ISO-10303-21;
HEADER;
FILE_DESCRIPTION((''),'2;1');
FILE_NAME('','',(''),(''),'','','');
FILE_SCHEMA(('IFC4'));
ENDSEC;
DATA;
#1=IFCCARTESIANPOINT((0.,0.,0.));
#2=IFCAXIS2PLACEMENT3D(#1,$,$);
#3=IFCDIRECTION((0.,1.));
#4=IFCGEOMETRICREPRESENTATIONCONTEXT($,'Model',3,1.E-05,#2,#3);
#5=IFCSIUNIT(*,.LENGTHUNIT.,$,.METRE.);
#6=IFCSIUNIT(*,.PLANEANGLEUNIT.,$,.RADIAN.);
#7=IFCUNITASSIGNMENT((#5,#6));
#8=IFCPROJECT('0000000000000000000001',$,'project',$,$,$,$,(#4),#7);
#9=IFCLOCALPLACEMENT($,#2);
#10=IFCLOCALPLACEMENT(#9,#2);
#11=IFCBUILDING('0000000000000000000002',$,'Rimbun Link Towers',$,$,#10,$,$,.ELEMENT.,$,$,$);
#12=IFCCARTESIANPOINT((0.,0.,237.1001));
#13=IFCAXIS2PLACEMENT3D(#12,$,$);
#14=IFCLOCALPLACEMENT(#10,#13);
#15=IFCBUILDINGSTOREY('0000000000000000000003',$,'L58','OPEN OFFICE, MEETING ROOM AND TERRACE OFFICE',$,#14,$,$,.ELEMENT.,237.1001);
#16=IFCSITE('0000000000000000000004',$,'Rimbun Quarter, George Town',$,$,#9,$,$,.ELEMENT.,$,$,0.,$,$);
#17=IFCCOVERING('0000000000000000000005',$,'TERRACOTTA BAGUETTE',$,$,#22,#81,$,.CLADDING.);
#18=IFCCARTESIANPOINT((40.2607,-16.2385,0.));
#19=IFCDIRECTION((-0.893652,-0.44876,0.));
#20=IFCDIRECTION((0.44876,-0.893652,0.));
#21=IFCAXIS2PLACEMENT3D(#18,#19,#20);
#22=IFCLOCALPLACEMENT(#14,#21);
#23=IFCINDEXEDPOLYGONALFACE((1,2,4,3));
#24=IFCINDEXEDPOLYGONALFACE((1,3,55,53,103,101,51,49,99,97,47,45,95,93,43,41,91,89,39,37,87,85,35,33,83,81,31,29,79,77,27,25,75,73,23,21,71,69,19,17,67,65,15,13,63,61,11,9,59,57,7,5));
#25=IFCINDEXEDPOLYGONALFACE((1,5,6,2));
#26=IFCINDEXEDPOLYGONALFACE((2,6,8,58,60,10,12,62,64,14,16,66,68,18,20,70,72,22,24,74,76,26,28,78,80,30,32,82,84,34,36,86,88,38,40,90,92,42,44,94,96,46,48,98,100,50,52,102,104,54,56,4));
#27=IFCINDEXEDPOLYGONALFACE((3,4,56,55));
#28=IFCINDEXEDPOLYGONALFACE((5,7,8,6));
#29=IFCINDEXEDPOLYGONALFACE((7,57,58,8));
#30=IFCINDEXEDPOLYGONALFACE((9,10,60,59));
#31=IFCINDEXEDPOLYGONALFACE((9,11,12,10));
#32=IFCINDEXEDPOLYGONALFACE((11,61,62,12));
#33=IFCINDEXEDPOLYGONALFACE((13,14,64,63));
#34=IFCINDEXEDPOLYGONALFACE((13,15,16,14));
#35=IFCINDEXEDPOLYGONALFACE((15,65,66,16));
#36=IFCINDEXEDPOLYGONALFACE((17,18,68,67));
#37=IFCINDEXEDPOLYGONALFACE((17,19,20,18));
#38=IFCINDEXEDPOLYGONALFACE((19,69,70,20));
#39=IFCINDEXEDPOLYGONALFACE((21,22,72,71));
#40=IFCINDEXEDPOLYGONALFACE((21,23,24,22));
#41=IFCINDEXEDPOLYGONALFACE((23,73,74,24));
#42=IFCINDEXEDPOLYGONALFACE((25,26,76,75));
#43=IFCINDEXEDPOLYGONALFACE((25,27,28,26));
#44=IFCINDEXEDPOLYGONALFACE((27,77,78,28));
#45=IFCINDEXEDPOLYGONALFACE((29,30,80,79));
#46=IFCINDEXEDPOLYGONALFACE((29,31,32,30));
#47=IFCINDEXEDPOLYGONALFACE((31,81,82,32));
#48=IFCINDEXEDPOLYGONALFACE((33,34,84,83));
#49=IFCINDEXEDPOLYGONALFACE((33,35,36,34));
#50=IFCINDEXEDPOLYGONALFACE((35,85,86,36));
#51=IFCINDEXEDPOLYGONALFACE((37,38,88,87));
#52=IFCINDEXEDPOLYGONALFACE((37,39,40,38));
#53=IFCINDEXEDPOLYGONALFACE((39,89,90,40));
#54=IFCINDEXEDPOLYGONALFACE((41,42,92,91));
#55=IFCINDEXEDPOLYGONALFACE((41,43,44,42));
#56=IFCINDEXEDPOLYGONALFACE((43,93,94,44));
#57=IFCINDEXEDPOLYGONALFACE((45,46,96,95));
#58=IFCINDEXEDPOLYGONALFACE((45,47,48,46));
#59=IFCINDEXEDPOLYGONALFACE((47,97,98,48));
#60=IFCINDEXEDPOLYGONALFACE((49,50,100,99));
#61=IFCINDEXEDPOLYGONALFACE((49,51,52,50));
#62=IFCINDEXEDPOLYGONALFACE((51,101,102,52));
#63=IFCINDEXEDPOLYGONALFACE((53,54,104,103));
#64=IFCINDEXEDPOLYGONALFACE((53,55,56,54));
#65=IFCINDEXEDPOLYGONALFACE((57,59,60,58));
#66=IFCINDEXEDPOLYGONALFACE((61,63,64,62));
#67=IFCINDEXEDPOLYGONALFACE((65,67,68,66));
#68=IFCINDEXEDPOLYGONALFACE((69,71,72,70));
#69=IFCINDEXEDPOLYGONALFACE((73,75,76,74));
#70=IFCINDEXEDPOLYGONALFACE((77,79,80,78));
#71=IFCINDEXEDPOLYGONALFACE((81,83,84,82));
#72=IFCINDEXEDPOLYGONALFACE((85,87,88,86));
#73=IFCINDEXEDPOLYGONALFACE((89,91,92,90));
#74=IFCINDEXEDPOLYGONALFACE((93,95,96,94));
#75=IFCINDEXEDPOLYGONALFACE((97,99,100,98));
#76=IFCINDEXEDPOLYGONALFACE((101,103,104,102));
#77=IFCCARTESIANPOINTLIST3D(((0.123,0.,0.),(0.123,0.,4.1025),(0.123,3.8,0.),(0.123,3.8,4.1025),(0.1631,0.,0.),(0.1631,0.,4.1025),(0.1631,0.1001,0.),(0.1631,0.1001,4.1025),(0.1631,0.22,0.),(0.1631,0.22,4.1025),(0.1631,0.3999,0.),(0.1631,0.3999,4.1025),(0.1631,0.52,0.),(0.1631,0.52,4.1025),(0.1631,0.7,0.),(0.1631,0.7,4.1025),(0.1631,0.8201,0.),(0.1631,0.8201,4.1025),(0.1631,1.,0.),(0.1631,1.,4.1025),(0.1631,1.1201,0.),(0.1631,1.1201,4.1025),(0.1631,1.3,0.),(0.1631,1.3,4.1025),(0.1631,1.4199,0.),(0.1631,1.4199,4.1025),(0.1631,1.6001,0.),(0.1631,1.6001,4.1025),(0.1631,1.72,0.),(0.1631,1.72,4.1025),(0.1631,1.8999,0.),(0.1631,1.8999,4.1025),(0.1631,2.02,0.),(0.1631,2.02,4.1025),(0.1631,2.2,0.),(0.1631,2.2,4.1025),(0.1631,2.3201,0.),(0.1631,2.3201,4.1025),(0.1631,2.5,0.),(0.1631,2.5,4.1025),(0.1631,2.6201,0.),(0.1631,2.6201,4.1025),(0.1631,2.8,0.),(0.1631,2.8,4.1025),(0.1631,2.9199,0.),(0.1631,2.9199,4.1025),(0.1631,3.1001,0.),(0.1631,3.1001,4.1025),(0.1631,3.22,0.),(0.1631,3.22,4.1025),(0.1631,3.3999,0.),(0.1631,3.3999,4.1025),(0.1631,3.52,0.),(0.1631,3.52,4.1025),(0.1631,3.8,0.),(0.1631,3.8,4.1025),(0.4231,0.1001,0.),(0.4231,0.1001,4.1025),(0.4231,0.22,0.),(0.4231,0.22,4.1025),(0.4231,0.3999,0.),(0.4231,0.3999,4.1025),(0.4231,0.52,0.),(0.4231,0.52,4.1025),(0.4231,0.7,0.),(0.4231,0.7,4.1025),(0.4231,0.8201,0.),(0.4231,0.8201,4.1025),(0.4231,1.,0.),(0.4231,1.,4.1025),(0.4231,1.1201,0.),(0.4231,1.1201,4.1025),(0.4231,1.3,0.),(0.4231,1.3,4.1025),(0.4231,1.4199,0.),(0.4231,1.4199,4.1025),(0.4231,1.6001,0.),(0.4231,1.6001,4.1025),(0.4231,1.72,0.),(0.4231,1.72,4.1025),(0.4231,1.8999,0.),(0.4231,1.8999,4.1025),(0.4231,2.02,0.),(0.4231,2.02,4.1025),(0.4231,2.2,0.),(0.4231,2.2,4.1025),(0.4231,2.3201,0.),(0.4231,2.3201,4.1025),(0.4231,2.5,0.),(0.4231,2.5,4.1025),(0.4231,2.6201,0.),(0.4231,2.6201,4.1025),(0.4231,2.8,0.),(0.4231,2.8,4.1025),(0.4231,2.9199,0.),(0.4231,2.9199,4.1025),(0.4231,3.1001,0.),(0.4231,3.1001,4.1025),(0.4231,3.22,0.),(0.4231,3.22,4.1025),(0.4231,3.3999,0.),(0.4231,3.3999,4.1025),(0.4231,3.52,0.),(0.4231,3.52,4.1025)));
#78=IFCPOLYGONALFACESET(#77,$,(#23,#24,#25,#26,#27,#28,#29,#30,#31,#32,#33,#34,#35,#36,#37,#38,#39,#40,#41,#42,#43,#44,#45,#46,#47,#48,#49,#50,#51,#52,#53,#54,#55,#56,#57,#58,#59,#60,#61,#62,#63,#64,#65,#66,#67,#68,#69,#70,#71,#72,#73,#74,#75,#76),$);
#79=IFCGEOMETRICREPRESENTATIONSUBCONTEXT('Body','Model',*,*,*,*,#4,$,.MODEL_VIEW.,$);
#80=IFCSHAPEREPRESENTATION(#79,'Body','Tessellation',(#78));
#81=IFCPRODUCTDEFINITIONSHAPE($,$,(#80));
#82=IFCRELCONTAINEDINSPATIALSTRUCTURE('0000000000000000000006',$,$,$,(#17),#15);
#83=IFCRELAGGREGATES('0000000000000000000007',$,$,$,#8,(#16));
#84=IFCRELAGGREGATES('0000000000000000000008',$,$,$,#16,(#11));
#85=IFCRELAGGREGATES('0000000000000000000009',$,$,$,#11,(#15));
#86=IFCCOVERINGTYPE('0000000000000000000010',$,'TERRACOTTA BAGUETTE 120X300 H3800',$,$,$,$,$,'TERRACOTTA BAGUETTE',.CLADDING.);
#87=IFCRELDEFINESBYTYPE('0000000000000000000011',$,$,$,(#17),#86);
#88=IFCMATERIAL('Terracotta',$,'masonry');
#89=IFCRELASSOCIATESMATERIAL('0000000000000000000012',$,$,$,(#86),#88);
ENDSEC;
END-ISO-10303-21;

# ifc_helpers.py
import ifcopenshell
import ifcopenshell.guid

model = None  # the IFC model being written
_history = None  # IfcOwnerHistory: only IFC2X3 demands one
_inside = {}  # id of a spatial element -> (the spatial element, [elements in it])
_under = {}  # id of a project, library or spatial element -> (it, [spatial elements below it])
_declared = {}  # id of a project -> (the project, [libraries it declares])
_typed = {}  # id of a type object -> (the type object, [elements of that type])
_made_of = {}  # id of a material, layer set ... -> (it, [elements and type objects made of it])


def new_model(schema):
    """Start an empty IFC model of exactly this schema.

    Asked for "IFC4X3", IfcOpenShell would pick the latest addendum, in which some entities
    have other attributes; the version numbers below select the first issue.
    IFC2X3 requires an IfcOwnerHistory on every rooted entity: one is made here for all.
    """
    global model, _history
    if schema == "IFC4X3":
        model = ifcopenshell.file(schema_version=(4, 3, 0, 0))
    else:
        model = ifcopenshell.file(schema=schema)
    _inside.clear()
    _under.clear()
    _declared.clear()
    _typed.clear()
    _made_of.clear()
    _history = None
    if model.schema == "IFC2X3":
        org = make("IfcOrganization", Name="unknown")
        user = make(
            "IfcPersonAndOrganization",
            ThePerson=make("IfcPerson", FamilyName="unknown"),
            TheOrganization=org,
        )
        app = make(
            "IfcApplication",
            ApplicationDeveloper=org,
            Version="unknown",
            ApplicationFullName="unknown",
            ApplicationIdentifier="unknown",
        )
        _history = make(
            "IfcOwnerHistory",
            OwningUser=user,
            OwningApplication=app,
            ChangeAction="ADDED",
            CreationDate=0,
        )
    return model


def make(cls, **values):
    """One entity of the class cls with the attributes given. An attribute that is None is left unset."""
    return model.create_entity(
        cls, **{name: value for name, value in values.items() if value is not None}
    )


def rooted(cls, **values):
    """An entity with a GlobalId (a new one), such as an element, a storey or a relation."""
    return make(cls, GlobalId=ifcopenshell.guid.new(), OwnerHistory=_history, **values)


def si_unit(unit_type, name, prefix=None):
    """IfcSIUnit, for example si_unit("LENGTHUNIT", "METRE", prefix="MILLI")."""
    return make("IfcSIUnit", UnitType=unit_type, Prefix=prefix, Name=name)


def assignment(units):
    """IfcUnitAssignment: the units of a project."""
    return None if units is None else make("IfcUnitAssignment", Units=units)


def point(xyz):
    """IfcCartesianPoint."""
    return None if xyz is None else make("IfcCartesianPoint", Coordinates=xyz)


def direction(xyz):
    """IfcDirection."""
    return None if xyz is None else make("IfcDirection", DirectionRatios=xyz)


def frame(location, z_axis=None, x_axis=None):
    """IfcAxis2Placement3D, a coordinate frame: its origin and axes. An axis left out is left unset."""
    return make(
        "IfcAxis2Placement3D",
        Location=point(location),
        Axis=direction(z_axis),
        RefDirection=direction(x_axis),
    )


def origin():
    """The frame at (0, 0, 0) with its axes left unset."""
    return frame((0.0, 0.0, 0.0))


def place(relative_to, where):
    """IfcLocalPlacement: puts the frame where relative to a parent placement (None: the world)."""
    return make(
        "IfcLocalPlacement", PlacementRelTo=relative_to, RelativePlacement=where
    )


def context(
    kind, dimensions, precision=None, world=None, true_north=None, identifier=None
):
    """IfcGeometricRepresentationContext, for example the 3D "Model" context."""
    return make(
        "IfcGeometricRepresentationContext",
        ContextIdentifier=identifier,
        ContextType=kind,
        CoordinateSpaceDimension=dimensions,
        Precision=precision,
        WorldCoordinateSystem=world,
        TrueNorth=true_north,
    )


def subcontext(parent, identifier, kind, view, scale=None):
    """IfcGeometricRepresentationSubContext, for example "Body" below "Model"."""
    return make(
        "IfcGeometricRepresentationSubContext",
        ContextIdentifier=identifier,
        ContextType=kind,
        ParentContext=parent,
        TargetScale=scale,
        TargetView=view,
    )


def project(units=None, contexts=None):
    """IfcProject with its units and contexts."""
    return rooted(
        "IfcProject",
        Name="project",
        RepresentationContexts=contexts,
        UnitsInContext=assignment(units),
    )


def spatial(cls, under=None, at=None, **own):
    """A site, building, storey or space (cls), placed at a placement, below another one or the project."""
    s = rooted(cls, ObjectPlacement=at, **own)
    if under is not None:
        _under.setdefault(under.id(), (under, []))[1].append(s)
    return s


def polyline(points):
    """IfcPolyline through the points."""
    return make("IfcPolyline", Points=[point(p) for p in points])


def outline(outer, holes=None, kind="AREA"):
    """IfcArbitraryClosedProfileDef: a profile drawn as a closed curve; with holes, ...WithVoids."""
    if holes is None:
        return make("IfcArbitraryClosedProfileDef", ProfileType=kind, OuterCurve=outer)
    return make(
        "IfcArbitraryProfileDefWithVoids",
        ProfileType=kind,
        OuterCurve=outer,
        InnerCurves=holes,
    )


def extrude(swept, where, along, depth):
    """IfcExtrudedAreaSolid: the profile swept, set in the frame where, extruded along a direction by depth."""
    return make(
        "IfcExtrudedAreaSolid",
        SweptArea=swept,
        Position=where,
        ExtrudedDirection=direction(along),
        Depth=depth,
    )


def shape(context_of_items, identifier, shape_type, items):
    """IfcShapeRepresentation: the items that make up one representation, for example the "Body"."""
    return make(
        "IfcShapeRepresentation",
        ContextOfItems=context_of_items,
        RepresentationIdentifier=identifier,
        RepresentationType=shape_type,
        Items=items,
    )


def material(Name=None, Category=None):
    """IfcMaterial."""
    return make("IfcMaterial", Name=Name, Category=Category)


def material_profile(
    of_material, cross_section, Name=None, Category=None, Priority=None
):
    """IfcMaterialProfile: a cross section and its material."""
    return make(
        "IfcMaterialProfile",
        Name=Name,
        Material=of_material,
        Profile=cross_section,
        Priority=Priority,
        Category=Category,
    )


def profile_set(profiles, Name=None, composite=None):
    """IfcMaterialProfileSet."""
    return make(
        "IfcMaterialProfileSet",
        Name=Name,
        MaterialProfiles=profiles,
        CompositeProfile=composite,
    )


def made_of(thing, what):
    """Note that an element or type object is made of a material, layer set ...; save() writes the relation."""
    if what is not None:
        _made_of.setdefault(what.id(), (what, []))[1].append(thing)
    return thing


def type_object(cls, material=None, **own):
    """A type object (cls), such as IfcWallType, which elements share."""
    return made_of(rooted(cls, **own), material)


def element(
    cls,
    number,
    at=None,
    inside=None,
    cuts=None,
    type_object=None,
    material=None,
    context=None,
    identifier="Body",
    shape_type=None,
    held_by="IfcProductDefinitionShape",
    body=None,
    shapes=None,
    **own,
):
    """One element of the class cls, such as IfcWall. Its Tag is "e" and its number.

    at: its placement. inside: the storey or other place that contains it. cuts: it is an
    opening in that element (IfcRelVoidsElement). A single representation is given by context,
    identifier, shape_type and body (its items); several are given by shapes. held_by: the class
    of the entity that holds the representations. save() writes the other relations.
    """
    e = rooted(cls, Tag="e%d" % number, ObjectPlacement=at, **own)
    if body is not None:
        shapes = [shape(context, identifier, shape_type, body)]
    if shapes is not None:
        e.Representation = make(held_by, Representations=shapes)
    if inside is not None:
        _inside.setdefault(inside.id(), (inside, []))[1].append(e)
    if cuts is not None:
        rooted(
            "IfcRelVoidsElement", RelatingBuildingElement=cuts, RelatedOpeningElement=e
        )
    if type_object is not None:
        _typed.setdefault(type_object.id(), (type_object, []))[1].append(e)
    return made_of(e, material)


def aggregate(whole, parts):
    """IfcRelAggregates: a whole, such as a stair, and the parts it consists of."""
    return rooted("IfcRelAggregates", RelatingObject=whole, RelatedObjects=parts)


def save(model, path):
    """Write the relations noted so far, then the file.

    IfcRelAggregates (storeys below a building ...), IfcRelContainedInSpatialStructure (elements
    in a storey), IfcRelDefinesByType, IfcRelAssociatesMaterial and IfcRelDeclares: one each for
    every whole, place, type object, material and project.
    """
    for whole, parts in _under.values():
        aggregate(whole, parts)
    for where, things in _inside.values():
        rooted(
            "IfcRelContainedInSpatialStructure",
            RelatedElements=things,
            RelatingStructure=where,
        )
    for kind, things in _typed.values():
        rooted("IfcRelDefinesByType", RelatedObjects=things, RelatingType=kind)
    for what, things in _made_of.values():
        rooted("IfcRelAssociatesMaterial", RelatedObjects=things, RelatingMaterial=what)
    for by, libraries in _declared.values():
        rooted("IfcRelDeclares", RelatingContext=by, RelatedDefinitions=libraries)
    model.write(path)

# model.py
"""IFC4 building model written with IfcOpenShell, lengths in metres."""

from ifc_helpers import new_model, si_unit, direction, frame, origin, place, context, subcontext, project, spatial, polyline, outline, extrude, material, material_profile, profile_set, type_object, element, save


model = new_model("IFC4")

# Units and contexts
model_context = context("Model", 3, precision=1e-05, world=origin(), true_north=direction((0.0, 1.0)))
body_context = subcontext(model_context, "Body", "Model", "MODEL_VIEW")
ifc_project = project(units=[si_unit("LENGTHUNIT", "METRE"), si_unit("PLANEANGLEUNIT", "RADIAN")], contexts=[model_context])

# Site, building, storey
site_placement = place(None, origin())
site = spatial("IfcSite", under=ifc_project, at=site_placement, Name="Rimbun Quarter, George Town", CompositionType="ELEMENT", RefElevation=0.0)
building_placement = place(site_placement, origin())
building = spatial("IfcBuilding", under=site, at=building_placement, Name="Rimbun Link Towers", CompositionType="ELEMENT")
storey_placement = place(building_placement, frame((0.0, 0.0, 237.1001)))
storey = spatial("IfcBuildingStorey", under=building, at=storey_placement, Name="L58", Description="OPEN OFFICE, MEETING ROOM AND TERRACE OFFICE", CompositionType="ELEMENT", Elevation=237.1001)

# Covering
ifc_material_1 = material(Name="Terracotta", Category="masonry")
ifc_material_profile_1 = material_profile(ifc_material_1, outline(polyline([(0.123, 0.0), (0.1631, 0.0), (0.1631, 0.1001), (0.4231, 0.1001), (0.4231, 0.22), (0.1631, 0.22), (0.1631, 0.3999), (0.4231, 0.3999), (0.4231, 0.52), (0.1631, 0.52), (0.1631, 0.7), (0.4231, 0.7), (0.4231, 0.8201), (0.1631, 0.8201), (0.1631, 1.0), (0.4231, 1.0), (0.4231, 1.1201), (0.1631, 1.1201), (0.1631, 1.3), (0.4231, 1.3), (0.4231, 1.4199), (0.1631, 1.4199), (0.1631, 1.6001), (0.4231, 1.6001), (0.4231, 1.72), (0.1631, 1.72), (0.1631, 1.8999), (0.4231, 1.8999), (0.4231, 2.02), (0.1631, 2.02), (0.1631, 2.2), (0.4231, 2.2), (0.4231, 2.3201), (0.1631, 2.3201), (0.1631, 2.5), (0.4231, 2.5), (0.4231, 2.6201), (0.1631, 2.6201), (0.1631, 2.8), (0.4231, 2.8), (0.4231, 2.9199), (0.1631, 2.9199), (0.1631, 3.1001), (0.4231, 3.1001), (0.4231, 3.22), (0.1631, 3.22), (0.1631, 3.3999), (0.4231, 3.3999), (0.4231, 3.52), (0.1631, 3.52), (0.1631, 3.8), (0.123, 3.8), (0.123, 0.0)])), Name="BAGUETTE 120X300")
ifc_profile_set_1 = profile_set([ifc_material_profile_1], Name="Terracotta")
covering_type = type_object("IfcCoveringType", Name="TERRACOTTA BAGUETTE 120X300 H3800", ElementType="TERRACOTTA BAGUETTE", PredefinedType="CLADDING", material=ifc_profile_set_1)
covering_placement = place(storey_placement, frame((40.2607, -16.2385, 0.0), z_axis=(-0.893652, -0.44876, 0.0), x_axis=(0.44876, -0.893652, 0.0)))
element("IfcCovering", 1, at=covering_placement, inside=storey, type_object=covering_type, Name="TERRACOTTA BAGUETTE", PredefinedType="CLADDING", context=body_context, shape_type="SweptSolid", body=[
    extrude(outline(polyline([(0.123, 0.0), (0.1631, 0.0), (0.1631, 0.1001), (0.4231, 0.1001), (0.4231, 0.22), (0.1631, 0.22), (0.1631, 0.3999), (0.4231, 0.3999), (0.4231, 0.52), (0.1631, 0.52), (0.1631, 0.7), (0.4231, 0.7), (0.4231, 0.8201), (0.1631, 0.8201), (0.1631, 1.0), (0.4231, 1.0), (0.4231, 1.1201), (0.1631, 1.1201), (0.1631, 1.3), (0.4231, 1.3), (0.4231, 1.4199), (0.1631, 1.4199), (0.1631, 1.6001), (0.4231, 1.6001), (0.4231, 1.72), (0.1631, 1.72), (0.1631, 1.8999), (0.4231, 1.8999), (0.4231, 2.02), (0.1631, 2.02), (0.1631, 2.2), (0.4231, 2.2), (0.4231, 2.3201), (0.1631, 2.3201), (0.1631, 2.5), (0.4231, 2.5), (0.4231, 2.6201), (0.1631, 2.6201), (0.1631, 2.8), (0.4231, 2.8), (0.4231, 2.9199), (0.1631, 2.9199), (0.1631, 3.1001), (0.4231, 3.1001), (0.4231, 3.22), (0.1631, 3.22), (0.1631, 3.3999), (0.4231, 3.3999), (0.4231, 3.52), (0.1631, 3.52), (0.1631, 3.8), (0.123, 3.8), (0.123, 0.0)])), origin(), (0.0, 0.0, 1.0), 4.1025),
])

save(model, "model.ifc")
